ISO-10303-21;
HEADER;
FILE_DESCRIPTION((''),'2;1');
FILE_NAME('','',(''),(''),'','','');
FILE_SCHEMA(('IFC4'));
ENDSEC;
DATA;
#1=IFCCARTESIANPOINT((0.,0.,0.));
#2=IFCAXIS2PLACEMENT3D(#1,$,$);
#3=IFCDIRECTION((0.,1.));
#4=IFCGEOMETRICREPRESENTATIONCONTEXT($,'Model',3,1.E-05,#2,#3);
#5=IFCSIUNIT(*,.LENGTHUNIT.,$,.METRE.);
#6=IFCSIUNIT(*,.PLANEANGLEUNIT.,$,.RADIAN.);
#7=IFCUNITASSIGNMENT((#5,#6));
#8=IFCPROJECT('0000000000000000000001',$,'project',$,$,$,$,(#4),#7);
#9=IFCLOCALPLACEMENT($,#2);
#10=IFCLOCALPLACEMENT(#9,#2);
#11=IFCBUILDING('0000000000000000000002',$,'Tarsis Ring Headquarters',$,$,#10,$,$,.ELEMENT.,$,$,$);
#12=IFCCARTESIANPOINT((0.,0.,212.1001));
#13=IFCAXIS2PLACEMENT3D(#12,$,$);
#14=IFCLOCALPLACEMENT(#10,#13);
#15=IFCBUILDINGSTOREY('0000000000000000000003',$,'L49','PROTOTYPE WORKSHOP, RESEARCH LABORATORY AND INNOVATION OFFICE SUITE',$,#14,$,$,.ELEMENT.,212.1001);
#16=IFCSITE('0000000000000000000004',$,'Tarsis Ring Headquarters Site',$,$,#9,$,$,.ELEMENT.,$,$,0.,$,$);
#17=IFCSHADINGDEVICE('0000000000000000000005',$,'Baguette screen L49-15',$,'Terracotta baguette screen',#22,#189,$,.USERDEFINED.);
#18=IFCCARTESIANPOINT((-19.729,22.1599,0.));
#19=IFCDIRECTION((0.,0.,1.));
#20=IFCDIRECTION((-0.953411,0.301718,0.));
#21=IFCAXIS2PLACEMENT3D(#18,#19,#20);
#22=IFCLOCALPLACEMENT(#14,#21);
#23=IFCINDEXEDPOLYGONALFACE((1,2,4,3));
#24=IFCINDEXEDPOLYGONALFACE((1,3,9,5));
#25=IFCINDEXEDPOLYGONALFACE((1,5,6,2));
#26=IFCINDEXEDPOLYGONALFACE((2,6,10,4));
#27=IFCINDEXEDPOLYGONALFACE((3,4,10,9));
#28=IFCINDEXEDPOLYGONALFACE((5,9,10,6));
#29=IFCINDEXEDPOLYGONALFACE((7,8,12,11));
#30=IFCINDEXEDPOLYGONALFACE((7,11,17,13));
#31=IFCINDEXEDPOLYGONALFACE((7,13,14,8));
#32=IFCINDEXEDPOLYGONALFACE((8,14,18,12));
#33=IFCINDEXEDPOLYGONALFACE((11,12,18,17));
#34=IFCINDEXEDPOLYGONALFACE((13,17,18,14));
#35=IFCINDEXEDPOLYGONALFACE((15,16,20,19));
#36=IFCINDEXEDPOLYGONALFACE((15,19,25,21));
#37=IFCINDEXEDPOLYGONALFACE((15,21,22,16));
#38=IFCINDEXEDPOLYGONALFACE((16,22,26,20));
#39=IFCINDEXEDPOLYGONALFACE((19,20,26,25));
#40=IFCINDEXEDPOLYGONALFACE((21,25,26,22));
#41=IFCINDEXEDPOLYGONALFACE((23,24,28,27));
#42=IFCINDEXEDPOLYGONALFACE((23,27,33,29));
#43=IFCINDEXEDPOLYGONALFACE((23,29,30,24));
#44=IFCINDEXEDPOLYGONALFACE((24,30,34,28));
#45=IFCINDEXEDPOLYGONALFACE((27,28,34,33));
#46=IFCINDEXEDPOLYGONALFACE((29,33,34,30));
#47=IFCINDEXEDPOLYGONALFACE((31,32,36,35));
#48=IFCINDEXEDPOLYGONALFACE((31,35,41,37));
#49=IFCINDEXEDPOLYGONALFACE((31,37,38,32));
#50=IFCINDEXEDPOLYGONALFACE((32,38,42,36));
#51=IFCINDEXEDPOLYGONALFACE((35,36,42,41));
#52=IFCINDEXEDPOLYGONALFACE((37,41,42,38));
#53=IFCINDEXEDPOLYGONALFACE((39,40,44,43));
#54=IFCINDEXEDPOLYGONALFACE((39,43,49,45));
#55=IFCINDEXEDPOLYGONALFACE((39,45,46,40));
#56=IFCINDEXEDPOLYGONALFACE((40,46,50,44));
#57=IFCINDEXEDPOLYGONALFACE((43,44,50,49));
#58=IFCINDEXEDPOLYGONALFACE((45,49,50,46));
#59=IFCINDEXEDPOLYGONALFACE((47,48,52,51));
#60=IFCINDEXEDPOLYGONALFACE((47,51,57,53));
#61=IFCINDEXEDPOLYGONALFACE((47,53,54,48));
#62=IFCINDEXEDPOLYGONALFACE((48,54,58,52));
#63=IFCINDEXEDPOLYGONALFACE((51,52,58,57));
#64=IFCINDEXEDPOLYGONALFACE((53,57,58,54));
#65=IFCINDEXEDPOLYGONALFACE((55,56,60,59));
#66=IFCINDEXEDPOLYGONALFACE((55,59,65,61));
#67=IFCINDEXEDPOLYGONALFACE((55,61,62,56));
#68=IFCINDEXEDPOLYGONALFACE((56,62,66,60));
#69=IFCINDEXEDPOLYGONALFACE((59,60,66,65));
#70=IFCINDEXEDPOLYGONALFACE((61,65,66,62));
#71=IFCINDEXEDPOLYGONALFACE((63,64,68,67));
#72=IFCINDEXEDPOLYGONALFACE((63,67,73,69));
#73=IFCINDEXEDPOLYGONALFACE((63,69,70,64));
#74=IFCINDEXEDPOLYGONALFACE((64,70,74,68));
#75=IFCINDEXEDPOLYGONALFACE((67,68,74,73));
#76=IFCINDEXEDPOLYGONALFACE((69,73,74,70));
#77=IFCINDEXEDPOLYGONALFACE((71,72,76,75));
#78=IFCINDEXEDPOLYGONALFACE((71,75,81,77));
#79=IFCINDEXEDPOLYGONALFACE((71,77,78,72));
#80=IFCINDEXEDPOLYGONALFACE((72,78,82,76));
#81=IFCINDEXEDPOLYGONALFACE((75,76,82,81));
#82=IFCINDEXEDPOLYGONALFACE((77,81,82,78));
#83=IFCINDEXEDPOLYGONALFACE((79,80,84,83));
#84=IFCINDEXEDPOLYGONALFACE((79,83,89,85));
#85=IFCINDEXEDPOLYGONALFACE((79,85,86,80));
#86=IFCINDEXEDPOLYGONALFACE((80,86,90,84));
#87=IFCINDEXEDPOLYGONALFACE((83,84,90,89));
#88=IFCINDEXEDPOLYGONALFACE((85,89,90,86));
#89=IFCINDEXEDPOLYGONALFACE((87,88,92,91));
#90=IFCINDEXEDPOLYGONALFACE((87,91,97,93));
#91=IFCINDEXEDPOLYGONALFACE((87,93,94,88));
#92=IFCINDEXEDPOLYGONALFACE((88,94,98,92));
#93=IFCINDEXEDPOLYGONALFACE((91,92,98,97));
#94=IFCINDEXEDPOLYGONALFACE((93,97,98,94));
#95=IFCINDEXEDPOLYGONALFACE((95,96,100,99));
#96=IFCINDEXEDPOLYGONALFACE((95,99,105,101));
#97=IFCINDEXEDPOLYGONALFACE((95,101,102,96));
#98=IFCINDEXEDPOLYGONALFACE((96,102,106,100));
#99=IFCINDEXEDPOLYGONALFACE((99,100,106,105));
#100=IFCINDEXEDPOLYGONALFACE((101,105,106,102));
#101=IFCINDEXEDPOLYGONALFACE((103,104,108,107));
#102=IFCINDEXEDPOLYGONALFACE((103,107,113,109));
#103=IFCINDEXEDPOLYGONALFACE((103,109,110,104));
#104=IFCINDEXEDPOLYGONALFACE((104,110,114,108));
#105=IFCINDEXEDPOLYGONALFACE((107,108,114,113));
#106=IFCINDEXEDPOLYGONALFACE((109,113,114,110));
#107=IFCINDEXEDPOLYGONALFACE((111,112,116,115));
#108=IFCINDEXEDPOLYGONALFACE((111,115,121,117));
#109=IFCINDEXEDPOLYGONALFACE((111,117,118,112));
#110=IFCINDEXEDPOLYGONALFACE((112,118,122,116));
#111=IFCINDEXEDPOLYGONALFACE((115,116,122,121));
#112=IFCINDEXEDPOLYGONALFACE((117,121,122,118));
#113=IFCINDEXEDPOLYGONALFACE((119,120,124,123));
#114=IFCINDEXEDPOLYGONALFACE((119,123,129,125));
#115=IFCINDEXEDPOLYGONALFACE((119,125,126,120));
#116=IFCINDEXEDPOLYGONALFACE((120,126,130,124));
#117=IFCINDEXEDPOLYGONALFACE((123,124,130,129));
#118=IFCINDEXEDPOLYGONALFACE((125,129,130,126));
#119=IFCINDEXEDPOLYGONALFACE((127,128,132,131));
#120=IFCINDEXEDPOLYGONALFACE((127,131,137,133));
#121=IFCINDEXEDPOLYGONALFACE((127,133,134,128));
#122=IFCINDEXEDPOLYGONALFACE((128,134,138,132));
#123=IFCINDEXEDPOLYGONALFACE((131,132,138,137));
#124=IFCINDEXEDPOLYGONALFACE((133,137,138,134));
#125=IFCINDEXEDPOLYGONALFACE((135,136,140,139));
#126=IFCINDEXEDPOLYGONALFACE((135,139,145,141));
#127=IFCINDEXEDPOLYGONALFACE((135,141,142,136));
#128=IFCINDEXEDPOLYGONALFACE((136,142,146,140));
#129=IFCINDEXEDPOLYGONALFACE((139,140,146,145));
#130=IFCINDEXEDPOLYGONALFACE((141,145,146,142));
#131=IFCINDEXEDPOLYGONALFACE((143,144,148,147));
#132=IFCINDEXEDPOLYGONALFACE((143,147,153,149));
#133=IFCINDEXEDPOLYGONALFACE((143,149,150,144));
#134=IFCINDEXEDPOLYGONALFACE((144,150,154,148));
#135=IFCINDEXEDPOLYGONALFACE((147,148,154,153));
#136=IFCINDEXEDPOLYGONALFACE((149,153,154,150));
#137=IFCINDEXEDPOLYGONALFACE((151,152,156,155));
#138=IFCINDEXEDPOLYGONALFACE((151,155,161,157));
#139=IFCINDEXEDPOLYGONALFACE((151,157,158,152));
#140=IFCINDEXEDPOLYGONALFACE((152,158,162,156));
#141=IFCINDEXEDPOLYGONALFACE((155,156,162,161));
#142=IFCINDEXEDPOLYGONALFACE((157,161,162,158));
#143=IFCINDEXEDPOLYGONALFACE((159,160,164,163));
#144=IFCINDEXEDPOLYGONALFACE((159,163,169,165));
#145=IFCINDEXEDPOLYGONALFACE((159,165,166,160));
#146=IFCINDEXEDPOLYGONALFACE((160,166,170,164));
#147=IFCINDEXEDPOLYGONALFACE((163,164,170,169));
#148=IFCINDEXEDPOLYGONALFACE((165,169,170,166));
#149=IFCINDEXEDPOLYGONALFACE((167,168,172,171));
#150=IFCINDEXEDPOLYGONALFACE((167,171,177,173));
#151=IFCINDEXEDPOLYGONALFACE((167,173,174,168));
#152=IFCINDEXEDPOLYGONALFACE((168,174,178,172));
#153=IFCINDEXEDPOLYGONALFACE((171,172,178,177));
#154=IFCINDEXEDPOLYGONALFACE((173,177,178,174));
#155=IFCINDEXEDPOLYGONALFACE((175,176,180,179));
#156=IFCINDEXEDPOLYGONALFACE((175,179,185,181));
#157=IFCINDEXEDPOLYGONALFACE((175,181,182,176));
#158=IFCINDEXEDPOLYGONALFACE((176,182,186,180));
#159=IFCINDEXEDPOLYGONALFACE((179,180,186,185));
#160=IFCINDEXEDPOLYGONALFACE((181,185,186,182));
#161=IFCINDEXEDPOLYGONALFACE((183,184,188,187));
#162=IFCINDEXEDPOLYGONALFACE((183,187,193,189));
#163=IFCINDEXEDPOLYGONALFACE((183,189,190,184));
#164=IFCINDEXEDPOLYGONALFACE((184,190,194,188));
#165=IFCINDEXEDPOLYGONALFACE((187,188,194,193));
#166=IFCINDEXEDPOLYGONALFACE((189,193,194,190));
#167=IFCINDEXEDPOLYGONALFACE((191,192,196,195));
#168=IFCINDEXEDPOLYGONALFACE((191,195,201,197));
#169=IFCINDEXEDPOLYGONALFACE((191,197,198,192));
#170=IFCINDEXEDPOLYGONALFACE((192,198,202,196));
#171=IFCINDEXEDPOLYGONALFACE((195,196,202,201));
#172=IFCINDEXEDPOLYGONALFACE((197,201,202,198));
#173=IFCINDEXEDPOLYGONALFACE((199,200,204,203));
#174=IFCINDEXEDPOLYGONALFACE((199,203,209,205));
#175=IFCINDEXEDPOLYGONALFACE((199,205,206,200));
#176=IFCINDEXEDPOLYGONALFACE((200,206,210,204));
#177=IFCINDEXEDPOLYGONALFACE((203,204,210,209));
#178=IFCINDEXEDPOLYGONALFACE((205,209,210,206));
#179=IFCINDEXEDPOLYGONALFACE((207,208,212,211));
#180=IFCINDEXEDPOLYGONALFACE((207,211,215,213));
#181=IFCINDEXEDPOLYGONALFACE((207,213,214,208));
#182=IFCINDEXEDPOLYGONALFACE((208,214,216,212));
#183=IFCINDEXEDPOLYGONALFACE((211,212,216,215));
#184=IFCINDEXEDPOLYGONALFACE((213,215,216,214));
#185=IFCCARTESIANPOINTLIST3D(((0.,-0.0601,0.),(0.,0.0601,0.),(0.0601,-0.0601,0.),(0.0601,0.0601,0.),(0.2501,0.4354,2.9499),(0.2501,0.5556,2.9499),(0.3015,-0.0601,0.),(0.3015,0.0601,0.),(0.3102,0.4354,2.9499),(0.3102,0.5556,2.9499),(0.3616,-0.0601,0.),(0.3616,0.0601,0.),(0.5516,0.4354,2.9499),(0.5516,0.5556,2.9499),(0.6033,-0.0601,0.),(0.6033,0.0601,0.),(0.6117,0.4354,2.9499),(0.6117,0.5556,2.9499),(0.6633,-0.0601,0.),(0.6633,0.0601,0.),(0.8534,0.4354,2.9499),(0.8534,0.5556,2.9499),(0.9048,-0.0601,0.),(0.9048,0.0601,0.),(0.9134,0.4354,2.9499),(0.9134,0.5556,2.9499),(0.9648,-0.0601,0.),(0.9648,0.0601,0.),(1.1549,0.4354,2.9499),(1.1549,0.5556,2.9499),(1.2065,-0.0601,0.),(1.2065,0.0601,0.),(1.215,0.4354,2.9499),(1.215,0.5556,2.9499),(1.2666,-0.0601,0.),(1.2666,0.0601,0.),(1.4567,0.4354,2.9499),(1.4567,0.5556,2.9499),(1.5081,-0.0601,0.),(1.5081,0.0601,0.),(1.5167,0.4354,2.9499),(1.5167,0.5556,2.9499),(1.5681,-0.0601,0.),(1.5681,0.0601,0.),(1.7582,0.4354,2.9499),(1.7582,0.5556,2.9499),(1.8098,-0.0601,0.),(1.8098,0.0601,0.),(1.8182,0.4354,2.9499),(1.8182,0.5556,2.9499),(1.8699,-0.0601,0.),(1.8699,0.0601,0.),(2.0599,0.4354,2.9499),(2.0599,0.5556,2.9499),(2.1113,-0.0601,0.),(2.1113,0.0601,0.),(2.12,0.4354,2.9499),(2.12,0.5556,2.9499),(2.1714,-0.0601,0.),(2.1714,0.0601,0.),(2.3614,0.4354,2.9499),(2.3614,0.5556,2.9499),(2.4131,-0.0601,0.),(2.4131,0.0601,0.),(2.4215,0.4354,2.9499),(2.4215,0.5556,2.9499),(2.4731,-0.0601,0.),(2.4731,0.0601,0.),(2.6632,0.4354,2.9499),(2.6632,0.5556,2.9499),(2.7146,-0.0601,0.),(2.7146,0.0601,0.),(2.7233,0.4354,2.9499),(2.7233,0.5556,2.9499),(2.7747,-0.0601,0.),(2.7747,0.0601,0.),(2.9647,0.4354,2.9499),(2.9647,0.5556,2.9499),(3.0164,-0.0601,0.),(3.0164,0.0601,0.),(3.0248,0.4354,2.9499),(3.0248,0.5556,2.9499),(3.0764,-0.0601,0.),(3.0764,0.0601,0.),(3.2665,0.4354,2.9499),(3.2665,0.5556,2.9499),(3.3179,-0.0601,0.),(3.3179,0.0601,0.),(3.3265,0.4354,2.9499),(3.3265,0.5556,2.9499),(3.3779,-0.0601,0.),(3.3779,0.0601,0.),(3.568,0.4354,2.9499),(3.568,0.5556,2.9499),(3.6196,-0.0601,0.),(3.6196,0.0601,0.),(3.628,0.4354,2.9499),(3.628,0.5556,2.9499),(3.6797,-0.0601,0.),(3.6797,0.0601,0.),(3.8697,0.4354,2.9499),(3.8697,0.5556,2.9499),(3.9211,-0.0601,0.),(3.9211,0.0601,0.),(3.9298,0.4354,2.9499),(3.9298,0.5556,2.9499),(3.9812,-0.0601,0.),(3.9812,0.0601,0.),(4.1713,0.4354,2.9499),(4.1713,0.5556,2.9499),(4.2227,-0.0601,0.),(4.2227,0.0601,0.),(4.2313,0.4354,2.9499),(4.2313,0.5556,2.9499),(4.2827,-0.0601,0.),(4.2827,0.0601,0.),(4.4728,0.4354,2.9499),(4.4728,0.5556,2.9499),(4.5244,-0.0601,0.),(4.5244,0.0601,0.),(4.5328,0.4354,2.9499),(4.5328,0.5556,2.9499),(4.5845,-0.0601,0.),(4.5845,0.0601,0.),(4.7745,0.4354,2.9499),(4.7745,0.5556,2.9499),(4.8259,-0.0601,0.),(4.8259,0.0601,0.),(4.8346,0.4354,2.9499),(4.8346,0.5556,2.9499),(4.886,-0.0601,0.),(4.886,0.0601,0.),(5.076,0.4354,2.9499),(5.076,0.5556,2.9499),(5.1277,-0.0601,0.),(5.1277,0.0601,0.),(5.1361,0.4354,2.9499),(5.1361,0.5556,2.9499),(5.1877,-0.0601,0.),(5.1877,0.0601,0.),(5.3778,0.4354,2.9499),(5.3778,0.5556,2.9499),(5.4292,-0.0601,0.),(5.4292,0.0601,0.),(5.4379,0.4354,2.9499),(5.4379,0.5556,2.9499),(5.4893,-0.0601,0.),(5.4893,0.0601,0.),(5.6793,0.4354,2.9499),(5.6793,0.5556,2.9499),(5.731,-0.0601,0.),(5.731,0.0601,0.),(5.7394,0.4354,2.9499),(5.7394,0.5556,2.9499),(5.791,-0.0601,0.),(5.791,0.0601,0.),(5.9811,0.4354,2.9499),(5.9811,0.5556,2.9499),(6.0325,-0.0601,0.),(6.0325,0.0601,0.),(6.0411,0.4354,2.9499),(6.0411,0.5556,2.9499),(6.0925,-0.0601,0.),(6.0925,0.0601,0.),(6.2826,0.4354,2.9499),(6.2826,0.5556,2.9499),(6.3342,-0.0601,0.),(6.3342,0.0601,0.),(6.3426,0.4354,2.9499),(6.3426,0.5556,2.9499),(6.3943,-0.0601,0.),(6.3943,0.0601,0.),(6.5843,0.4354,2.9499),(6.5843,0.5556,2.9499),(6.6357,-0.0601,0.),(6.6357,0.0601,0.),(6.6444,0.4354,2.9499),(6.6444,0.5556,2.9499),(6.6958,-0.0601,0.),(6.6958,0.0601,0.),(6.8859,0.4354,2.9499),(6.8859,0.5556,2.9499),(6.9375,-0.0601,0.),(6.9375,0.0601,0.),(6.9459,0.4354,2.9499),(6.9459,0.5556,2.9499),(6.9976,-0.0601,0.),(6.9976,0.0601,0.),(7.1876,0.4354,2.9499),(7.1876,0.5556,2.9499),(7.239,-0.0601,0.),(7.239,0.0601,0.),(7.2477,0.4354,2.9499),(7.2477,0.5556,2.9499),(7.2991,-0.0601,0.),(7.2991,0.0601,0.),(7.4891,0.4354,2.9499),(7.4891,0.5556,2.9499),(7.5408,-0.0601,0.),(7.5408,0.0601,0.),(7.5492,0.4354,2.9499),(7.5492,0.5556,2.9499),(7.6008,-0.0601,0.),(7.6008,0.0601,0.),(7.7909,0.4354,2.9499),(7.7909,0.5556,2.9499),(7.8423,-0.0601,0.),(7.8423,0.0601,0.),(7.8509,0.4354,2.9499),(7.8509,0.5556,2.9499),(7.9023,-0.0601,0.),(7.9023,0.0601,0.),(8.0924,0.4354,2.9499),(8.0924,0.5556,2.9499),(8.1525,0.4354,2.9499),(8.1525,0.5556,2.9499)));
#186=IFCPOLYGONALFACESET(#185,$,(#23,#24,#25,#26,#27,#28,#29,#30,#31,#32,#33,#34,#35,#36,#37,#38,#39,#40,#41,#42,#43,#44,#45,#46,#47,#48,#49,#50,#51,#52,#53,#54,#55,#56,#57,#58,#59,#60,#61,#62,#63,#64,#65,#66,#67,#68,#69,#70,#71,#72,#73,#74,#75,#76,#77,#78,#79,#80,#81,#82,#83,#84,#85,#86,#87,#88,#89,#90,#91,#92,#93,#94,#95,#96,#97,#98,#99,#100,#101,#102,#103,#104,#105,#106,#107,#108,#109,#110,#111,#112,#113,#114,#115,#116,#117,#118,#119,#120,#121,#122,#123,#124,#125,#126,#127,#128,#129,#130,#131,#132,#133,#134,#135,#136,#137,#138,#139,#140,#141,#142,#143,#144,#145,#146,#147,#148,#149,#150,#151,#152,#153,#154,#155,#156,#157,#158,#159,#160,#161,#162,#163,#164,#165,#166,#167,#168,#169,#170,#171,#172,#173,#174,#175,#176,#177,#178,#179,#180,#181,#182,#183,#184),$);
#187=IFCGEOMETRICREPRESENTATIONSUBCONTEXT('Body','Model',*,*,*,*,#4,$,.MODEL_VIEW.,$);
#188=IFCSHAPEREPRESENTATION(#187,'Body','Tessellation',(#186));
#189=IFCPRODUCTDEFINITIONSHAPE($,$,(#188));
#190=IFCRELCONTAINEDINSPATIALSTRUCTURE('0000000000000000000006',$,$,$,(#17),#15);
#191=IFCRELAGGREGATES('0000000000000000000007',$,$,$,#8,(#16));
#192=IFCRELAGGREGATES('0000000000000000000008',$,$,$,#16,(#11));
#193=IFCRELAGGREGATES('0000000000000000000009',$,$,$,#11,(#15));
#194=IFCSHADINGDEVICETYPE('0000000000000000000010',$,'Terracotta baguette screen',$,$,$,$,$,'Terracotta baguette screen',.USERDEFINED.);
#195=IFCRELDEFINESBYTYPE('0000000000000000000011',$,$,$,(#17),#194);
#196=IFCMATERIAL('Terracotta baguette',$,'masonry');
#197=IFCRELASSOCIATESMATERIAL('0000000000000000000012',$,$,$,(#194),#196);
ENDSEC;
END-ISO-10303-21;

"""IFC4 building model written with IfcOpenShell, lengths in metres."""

from ifc_helpers import new_model, si_unit, direction, frame, frame_2d, origin, place, context, subcontext, project, spatial, rectangle, composite_profile, extrude, material, type_object, element, save


model = new_model("IFC4")

# Units and contexts
model_context = context("Model", 3, precision=1e-05, world=origin(), true_north=direction((0.0, 1.0)))
body_context = subcontext(model_context, "Body", "Model", "MODEL_VIEW")
ifc_project = project(units=[si_unit("LENGTHUNIT", "METRE"), si_unit("PLANEANGLEUNIT", "RADIAN")], contexts=[model_context])

# Site, building, storey
site_placement = place(None, origin())
site = spatial("IfcSite", under=ifc_project, at=site_placement, Name="Tarsis Ring Headquarters Site", CompositionType="ELEMENT", RefElevation=0.0)
building_placement = place(site_placement, origin())
building = spatial("IfcBuilding", under=site, at=building_placement, Name="Tarsis Ring Headquarters", CompositionType="ELEMENT")
storey_placement = place(building_placement, frame((0.0, 0.0, 212.1001)))
storey = spatial("IfcBuildingStorey", under=building, at=storey_placement, Name="L49", Description="PROTOTYPE WORKSHOP, RESEARCH LABORATORY AND INNOVATION OFFICE SUITE", CompositionType="ELEMENT", Elevation=212.1001)

# Shading device
ifc_material_1 = material(Name="Terracotta baguette", Category="masonry")
shading_device_type_1 = type_object("IfcShadingDeviceType", Name="Terracotta baguette screen", ElementType="Terracotta baguette screen", PredefinedType="USERDEFINED", material=ifc_material_1)
shading_device_1_placement = place(storey_placement, frame((-19.729, 22.1599, 0.0), z_axis=(0.0, 0.0, 1.0), x_axis=(-0.953411, 0.301718, 0.0)))
element("IfcShadingDevice", 1, at=shading_device_1_placement, inside=storey, type_object=shading_device_type_1, Name="Baguette screen L49-15", ObjectType="Terracotta baguette screen", PredefinedType="USERDEFINED", context=body_context, shape_type="SweptSolid", body=[
    extrude(composite_profile([rectangle(XDim=0.0601, YDim=0.1201, at=frame_2d((0.03, 0.0))), rectangle(XDim=0.0601, YDim=0.1201, at=frame_2d((0.3315, 0.0))), rectangle(XDim=0.0601, YDim=0.1201, at=frame_2d((0.6333, 0.0))), rectangle(XDim=0.0601, YDim=0.1201, at=frame_2d((0.9348, 0.0))), rectangle(XDim=0.0601, YDim=0.1201, at=frame_2d((1.2366, 0.0))), rectangle(XDim=0.0601, YDim=0.1201, at=frame_2d((1.5381, 0.0))), rectangle(XDim=0.0601, YDim=0.1201, at=frame_2d((1.8398, 0.0))), rectangle(XDim=0.0601, YDim=0.1201, at=frame_2d((2.1414, 0.0))), rectangle(XDim=0.0601, YDim=0.1201, at=frame_2d((2.4431, 0.0))), rectangle(XDim=0.0601, YDim=0.1201, at=frame_2d((2.7446, 0.0))), rectangle(XDim=0.0601, YDim=0.1201, at=frame_2d((3.0464, 0.0))), rectangle(XDim=0.0601, YDim=0.1201, at=frame_2d((3.3479, 0.0))), rectangle(XDim=0.0601, YDim=0.1201, at=frame_2d((3.6497, 0.0))), rectangle(XDim=0.0601, YDim=0.1201, at=frame_2d((3.9512, 0.0))), rectangle(XDim=0.0601, YDim=0.1201, at=frame_2d((4.2527, 0.0))), rectangle(XDim=0.0601, YDim=0.1201, at=frame_2d((4.5544, 0.0))), rectangle(XDim=0.0601, YDim=0.1201, at=frame_2d((4.856, 0.0))), rectangle(XDim=0.0601, YDim=0.1201, at=frame_2d((5.1577, 0.0))), rectangle(XDim=0.0601, YDim=0.1201, at=frame_2d((5.4592, 0.0))), rectangle(XDim=0.0601, YDim=0.1201, at=frame_2d((5.761, 0.0))), rectangle(XDim=0.0601, YDim=0.1201, at=frame_2d((6.0625, 0.0))), rectangle(XDim=0.0601, YDim=0.1201, at=frame_2d((6.3643, 0.0))), rectangle(XDim=0.0601, YDim=0.1201, at=frame_2d((6.6658, 0.0))), rectangle(XDim=0.0601, YDim=0.1201, at=frame_2d((6.9675, 0.0))), rectangle(XDim=0.0601, YDim=0.1201, at=frame_2d((7.269, 0.0))), rectangle(XDim=0.0601, YDim=0.1201, at=frame_2d((7.5708, 0.0))), rectangle(XDim=0.0601, YDim=0.1201, at=frame_2d((7.8723, 0.0)))]), origin(), (0.083323, 0.165072, 0.982756), 3.0017),
])

save(model, "model.ifc")
